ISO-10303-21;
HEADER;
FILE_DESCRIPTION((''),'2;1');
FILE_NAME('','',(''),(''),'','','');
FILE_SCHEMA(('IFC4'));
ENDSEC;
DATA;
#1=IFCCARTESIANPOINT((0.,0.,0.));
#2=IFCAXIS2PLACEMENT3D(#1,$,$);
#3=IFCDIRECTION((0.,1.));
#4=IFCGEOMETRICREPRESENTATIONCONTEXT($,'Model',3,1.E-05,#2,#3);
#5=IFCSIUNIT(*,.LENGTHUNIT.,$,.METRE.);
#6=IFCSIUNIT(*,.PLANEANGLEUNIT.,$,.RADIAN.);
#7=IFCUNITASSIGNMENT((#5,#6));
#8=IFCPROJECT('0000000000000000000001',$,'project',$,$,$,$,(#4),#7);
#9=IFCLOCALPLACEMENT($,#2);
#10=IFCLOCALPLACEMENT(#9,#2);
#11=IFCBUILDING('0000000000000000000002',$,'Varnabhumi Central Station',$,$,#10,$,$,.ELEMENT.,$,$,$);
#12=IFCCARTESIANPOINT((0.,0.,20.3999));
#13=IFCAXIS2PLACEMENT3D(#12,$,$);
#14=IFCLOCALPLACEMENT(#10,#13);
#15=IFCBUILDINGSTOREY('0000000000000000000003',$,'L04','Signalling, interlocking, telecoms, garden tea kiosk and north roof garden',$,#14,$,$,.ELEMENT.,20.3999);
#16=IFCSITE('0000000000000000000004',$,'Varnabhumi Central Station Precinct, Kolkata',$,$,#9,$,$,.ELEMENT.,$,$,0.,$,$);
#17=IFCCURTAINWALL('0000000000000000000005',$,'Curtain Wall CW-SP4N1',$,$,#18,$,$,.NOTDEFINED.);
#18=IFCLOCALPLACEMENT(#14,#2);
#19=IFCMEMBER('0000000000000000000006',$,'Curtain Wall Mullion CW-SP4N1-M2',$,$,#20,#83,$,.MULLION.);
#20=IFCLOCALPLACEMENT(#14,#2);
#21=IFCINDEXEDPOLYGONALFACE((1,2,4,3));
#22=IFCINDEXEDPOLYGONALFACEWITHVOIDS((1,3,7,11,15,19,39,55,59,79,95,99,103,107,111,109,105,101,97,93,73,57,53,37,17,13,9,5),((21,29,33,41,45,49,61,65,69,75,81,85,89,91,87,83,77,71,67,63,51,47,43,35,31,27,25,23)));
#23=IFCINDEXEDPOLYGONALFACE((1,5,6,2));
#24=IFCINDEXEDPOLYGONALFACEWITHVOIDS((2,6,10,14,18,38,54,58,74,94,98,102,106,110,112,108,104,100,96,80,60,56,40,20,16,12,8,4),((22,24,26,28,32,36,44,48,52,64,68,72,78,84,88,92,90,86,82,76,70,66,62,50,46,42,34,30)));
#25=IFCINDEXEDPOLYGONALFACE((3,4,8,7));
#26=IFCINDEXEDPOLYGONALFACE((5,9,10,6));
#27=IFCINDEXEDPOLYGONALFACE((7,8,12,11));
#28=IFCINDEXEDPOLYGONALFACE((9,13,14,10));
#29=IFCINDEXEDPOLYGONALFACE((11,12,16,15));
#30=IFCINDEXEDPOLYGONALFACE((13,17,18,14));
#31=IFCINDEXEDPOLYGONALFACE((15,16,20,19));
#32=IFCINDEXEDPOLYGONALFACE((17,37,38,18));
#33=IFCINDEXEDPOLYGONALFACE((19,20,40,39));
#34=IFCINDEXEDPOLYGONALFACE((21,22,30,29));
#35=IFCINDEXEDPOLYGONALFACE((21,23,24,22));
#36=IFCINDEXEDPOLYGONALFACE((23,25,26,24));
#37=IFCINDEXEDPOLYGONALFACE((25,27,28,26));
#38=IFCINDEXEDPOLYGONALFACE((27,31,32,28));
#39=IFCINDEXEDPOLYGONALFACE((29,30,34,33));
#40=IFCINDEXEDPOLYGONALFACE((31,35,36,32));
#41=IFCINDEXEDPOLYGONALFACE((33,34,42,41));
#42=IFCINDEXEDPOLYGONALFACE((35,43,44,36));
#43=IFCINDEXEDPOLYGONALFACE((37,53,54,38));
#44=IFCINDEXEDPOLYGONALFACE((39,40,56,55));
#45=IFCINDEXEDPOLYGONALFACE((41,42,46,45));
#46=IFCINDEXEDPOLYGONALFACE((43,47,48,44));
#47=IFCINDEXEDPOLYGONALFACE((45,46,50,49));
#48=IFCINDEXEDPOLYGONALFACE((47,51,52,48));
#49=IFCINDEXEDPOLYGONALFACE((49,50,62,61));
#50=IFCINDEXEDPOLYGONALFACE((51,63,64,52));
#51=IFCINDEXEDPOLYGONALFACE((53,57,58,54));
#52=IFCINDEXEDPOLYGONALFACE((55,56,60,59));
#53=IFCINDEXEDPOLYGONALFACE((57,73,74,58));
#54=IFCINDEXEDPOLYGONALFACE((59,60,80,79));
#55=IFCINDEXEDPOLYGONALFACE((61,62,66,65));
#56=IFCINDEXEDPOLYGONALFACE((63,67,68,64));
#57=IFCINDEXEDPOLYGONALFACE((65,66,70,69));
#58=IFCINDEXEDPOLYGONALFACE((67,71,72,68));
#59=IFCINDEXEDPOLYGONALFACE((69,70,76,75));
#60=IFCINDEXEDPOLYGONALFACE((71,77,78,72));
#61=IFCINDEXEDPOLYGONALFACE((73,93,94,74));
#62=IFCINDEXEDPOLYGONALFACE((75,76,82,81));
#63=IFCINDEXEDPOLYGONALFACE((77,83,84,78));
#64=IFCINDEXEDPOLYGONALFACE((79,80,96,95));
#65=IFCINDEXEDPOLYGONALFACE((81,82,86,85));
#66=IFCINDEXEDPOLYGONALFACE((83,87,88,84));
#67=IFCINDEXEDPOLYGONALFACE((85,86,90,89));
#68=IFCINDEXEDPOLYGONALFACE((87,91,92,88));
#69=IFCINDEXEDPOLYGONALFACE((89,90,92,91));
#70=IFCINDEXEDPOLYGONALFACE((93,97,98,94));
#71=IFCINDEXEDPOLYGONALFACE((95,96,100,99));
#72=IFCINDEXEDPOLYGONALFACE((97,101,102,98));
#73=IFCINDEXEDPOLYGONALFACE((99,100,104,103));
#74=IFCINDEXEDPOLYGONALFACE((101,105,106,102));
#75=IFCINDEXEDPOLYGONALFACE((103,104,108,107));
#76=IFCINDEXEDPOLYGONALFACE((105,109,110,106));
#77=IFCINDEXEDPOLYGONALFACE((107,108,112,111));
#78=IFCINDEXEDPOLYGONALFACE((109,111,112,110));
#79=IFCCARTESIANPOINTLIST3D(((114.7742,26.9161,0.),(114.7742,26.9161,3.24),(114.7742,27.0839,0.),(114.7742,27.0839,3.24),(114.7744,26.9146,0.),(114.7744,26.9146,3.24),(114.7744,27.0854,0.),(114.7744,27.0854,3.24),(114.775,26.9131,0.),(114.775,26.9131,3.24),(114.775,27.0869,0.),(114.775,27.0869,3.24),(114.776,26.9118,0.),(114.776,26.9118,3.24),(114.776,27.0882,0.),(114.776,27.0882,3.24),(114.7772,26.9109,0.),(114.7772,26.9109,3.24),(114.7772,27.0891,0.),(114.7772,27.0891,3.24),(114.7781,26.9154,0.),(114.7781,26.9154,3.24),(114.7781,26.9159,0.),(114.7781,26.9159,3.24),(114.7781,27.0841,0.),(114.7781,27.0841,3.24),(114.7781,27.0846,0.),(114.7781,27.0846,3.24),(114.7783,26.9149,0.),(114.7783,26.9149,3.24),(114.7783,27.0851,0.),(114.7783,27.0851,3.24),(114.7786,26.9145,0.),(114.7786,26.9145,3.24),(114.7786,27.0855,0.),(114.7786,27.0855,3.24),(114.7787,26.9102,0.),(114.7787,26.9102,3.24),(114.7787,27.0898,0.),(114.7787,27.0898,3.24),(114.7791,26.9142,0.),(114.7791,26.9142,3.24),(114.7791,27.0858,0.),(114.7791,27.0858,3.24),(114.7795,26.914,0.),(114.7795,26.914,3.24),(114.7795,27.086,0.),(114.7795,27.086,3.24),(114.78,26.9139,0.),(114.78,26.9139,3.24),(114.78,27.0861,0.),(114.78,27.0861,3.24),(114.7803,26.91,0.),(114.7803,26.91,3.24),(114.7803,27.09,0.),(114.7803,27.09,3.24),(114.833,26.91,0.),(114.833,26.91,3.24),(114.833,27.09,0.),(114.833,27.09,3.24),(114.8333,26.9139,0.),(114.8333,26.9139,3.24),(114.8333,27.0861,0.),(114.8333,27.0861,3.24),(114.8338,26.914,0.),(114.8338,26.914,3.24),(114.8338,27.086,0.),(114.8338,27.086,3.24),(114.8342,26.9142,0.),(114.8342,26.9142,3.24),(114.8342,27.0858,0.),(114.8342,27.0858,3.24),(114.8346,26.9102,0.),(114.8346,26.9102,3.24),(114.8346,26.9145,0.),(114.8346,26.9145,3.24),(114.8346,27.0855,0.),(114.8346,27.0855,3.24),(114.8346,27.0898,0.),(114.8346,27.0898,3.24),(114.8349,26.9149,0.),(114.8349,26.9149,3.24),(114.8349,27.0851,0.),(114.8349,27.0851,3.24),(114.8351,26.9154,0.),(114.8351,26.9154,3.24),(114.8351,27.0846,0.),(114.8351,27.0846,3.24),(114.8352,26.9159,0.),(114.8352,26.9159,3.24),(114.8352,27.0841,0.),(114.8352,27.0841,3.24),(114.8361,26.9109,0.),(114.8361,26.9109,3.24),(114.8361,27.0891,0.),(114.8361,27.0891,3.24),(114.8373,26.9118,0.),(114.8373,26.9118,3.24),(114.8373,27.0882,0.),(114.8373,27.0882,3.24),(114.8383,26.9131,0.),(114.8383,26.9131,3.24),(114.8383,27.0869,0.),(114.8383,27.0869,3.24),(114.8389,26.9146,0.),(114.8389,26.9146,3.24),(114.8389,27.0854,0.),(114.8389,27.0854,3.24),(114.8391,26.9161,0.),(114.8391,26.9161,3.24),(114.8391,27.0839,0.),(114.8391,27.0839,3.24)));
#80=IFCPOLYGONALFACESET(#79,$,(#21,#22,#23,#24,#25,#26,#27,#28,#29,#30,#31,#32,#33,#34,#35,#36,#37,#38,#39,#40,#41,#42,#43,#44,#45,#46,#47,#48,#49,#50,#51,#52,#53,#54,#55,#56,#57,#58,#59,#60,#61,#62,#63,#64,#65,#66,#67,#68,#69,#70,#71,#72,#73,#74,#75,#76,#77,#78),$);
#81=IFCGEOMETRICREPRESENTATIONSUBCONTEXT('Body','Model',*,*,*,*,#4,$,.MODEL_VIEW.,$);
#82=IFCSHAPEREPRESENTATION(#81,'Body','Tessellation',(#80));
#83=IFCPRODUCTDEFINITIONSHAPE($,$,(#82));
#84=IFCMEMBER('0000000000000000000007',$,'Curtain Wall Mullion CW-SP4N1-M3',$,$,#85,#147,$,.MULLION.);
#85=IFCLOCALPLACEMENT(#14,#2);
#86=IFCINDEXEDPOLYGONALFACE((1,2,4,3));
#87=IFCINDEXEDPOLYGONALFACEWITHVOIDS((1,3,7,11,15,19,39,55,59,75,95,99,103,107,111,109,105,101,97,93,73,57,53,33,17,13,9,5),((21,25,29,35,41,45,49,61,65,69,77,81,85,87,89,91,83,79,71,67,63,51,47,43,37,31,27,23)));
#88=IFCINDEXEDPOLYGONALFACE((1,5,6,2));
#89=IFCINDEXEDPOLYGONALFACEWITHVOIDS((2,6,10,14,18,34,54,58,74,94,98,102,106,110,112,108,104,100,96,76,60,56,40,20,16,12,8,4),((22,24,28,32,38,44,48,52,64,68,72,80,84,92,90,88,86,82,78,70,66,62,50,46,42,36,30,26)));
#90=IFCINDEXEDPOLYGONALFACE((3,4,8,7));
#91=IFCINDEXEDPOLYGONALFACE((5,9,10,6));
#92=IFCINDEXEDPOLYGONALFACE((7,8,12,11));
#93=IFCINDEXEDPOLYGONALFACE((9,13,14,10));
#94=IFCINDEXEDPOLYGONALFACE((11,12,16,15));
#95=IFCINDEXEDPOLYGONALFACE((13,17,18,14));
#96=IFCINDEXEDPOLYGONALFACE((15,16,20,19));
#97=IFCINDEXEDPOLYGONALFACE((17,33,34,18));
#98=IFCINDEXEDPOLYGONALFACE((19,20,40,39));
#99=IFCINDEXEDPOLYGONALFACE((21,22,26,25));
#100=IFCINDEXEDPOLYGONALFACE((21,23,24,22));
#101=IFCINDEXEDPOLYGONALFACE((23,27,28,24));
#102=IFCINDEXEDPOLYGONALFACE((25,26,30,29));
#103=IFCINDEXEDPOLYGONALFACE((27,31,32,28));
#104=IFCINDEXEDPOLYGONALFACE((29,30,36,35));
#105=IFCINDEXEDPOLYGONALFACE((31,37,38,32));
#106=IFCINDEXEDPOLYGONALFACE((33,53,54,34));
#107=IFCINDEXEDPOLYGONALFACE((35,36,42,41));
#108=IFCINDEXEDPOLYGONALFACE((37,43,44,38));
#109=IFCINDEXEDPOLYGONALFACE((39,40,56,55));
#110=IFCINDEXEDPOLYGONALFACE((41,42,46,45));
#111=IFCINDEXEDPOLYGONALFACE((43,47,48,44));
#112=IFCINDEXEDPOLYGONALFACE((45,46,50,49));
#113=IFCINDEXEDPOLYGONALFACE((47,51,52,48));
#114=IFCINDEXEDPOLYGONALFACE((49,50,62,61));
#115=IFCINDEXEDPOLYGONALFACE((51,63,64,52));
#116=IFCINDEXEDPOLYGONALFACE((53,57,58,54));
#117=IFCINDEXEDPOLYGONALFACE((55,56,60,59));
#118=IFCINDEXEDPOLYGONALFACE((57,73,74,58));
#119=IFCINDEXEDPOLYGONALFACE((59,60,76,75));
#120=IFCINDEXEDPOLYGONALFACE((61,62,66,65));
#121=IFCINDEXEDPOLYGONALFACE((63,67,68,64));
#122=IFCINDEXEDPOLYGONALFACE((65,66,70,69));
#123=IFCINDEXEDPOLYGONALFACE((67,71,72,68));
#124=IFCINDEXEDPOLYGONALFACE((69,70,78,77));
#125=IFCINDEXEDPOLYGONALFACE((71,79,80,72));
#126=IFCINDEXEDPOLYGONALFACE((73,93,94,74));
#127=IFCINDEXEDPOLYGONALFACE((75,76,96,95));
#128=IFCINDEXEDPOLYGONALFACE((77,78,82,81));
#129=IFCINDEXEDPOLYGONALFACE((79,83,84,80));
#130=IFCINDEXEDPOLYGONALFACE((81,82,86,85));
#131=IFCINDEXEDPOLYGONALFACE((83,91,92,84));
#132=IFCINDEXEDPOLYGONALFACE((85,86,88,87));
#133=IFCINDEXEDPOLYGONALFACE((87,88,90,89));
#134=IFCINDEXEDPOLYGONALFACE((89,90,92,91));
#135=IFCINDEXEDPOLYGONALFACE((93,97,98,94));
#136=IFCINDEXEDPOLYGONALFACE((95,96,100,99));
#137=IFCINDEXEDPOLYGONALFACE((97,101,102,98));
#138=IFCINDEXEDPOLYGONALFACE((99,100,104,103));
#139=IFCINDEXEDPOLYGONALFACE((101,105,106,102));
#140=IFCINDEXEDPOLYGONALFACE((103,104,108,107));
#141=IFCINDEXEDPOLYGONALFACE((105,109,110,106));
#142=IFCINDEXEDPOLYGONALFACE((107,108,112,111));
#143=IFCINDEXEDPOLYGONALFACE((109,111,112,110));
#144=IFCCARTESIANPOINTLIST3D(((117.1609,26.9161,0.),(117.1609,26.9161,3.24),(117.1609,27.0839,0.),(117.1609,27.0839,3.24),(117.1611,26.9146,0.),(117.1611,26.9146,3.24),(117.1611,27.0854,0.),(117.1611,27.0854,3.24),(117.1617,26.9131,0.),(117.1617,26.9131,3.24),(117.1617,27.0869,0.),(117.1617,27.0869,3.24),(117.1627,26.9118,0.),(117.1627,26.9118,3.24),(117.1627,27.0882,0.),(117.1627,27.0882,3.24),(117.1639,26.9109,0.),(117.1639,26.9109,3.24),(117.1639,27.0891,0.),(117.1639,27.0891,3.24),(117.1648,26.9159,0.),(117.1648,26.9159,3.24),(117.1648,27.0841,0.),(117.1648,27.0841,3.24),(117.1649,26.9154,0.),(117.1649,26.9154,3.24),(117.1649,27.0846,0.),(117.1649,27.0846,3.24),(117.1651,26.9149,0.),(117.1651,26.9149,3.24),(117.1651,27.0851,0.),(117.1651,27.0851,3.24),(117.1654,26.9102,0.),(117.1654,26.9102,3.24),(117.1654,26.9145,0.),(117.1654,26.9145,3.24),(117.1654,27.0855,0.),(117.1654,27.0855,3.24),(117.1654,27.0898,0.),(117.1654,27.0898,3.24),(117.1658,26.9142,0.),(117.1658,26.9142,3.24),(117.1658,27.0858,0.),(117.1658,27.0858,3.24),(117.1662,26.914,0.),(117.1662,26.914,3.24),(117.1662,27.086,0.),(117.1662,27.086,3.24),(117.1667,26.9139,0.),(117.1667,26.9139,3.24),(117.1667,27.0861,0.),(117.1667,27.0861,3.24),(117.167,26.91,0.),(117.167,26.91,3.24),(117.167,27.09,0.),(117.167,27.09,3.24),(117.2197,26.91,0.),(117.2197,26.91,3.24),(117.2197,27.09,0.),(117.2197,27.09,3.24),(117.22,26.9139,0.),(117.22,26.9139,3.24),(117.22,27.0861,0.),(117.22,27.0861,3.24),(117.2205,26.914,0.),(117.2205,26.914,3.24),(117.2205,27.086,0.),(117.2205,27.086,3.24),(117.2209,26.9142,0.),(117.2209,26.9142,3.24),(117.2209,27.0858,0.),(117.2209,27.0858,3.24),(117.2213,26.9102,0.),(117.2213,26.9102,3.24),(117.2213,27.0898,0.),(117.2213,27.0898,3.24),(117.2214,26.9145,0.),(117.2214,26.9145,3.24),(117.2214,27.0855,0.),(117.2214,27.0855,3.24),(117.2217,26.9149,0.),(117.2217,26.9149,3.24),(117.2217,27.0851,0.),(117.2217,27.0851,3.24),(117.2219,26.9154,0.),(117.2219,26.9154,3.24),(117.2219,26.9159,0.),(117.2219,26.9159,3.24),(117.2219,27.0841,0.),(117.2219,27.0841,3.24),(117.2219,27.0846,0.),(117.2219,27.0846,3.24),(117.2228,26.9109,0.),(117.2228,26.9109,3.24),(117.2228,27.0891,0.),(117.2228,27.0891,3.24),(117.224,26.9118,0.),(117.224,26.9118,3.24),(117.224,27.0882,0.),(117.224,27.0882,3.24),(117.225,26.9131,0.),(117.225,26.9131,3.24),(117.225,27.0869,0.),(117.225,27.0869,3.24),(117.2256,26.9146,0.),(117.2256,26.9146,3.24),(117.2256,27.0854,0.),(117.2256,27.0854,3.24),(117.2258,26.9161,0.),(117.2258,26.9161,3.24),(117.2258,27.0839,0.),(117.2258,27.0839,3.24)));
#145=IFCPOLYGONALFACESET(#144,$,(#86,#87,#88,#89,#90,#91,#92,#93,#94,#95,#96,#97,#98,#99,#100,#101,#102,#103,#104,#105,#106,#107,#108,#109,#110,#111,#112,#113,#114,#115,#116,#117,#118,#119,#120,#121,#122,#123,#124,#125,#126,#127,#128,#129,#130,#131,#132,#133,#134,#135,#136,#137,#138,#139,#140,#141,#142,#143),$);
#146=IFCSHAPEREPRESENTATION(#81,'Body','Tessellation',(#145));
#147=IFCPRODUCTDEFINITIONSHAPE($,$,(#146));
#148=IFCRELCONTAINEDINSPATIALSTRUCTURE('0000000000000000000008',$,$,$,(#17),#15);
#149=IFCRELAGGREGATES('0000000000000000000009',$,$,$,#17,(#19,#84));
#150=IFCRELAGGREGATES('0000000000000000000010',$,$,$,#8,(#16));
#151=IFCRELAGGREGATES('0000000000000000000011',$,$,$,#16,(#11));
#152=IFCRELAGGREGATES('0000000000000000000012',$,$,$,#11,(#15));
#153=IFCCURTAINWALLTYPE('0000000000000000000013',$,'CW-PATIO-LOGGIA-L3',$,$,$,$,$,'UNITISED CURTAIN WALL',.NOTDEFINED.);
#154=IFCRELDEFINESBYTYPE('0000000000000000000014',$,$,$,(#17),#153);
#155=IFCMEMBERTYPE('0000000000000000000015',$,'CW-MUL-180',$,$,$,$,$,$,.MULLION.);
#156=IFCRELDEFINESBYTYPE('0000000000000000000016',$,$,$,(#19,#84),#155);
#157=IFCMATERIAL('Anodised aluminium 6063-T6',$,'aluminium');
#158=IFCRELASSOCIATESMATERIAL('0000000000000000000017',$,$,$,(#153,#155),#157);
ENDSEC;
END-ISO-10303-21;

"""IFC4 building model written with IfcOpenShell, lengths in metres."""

from ifc_helpers import new_model, si_unit, direction, frame, origin, origin_2d, place, context, subcontext, project, spatial, hollow_rectangle, extrude, material, material_profile, profile_set, type_object, element, aggregate, save


model = new_model("IFC4")

# Units and contexts
model_context = context("Model", 3, precision=1e-05, world=origin(), true_north=direction((0.0, 1.0)))
body_context = subcontext(model_context, "Body", "Model", "MODEL_VIEW")
ifc_project = project(units=[si_unit("LENGTHUNIT", "METRE"), si_unit("PLANEANGLEUNIT", "RADIAN")], contexts=[model_context])

# Site, building, storey
site_placement = place(None, origin())
site = spatial("IfcSite", under=ifc_project, at=site_placement, Name="Varnabhumi Central Station Precinct, Kolkata", CompositionType="ELEMENT", RefElevation=0.0)
building_placement = place(site_placement, origin())
building = spatial("IfcBuilding", under=site, at=building_placement, Name="Varnabhumi Central Station", CompositionType="ELEMENT")
storey_placement = place(building_placement, frame((0.0, 0.0, 20.3999)))
storey = spatial("IfcBuildingStorey", under=building, at=storey_placement, Name="L04", Description="Signalling, interlocking, telecoms, garden tea kiosk and north roof garden", CompositionType="ELEMENT", Elevation=20.3999)

# Curtain wall, members
ifc_material_1 = material(Name="Anodised aluminium 6063-T6", Category="aluminium")
curtain_wall_type = type_object("IfcCurtainWallType", Name="CW-PATIO-LOGGIA-L3", ElementType="UNITISED CURTAIN WALL", PredefinedType="NOTDEFINED", material=ifc_material_1)
ifc_material_profile_1 = material_profile(ifc_material_1, hollow_rectangle(XDim=0.0649, YDim=0.1799, WallThickness=0.0039, InnerFilletRadius=0.002, OuterFilletRadius=0.0061, at=origin_2d()), Name="Anodised aluminium 6063-T6", Category="aluminium")
ifc_profile_set_1 = profile_set([ifc_material_profile_1], Name="Anodised aluminium 6063-T6")
member_type_1 = type_object("IfcMemberType", Name="CW-MUL-180", PredefinedType="MULLION", material=ifc_profile_set_1)
curtain_wall_1_placement = place(storey_placement, origin())
curtain_wall_1 = element("IfcCurtainWall", 1, at=curtain_wall_1_placement, inside=storey, type_object=curtain_wall_type, Name="Curtain Wall CW-SP4N1", PredefinedType="NOTDEFINED")
member_1_placement = place(storey_placement, frame((114.8066, 27.0, 0.0), z_axis=(0.0, 0.0, 1.0), x_axis=(1.0, 0.0, 0.0)))
member_1 = element("IfcMember", 2, at=member_1_placement, type_object=member_type_1, Name="Curtain Wall Mullion CW-SP4N1-M2", PredefinedType="MULLION", context=body_context, shape_type="SweptSolid", body=[
    extrude(hollow_rectangle(XDim=0.0649, YDim=0.1799, WallThickness=0.0039, InnerFilletRadius=0.002, OuterFilletRadius=0.0061, at=origin_2d()), origin(), (0.0, 0.0, 1.0), 3.24),
])
member_2_placement = place(storey_placement, frame((117.1934, 27.0, 0.0), z_axis=(0.0, 0.0, 1.0), x_axis=(1.0, 0.0, 0.0)))
member_2 = element("IfcMember", 3, at=member_2_placement, type_object=member_type_1, Name="Curtain Wall Mullion CW-SP4N1-M3", PredefinedType="MULLION", context=body_context, shape_type="SweptSolid", body=[
    extrude(hollow_rectangle(XDim=0.0649, YDim=0.1799, WallThickness=0.0039, InnerFilletRadius=0.002, OuterFilletRadius=0.0061, at=origin_2d()), origin(), (0.0, 0.0, 1.0), 3.24),
])

aggregate(curtain_wall_1, [member_1, member_2])

save(model, "model.ifc")
